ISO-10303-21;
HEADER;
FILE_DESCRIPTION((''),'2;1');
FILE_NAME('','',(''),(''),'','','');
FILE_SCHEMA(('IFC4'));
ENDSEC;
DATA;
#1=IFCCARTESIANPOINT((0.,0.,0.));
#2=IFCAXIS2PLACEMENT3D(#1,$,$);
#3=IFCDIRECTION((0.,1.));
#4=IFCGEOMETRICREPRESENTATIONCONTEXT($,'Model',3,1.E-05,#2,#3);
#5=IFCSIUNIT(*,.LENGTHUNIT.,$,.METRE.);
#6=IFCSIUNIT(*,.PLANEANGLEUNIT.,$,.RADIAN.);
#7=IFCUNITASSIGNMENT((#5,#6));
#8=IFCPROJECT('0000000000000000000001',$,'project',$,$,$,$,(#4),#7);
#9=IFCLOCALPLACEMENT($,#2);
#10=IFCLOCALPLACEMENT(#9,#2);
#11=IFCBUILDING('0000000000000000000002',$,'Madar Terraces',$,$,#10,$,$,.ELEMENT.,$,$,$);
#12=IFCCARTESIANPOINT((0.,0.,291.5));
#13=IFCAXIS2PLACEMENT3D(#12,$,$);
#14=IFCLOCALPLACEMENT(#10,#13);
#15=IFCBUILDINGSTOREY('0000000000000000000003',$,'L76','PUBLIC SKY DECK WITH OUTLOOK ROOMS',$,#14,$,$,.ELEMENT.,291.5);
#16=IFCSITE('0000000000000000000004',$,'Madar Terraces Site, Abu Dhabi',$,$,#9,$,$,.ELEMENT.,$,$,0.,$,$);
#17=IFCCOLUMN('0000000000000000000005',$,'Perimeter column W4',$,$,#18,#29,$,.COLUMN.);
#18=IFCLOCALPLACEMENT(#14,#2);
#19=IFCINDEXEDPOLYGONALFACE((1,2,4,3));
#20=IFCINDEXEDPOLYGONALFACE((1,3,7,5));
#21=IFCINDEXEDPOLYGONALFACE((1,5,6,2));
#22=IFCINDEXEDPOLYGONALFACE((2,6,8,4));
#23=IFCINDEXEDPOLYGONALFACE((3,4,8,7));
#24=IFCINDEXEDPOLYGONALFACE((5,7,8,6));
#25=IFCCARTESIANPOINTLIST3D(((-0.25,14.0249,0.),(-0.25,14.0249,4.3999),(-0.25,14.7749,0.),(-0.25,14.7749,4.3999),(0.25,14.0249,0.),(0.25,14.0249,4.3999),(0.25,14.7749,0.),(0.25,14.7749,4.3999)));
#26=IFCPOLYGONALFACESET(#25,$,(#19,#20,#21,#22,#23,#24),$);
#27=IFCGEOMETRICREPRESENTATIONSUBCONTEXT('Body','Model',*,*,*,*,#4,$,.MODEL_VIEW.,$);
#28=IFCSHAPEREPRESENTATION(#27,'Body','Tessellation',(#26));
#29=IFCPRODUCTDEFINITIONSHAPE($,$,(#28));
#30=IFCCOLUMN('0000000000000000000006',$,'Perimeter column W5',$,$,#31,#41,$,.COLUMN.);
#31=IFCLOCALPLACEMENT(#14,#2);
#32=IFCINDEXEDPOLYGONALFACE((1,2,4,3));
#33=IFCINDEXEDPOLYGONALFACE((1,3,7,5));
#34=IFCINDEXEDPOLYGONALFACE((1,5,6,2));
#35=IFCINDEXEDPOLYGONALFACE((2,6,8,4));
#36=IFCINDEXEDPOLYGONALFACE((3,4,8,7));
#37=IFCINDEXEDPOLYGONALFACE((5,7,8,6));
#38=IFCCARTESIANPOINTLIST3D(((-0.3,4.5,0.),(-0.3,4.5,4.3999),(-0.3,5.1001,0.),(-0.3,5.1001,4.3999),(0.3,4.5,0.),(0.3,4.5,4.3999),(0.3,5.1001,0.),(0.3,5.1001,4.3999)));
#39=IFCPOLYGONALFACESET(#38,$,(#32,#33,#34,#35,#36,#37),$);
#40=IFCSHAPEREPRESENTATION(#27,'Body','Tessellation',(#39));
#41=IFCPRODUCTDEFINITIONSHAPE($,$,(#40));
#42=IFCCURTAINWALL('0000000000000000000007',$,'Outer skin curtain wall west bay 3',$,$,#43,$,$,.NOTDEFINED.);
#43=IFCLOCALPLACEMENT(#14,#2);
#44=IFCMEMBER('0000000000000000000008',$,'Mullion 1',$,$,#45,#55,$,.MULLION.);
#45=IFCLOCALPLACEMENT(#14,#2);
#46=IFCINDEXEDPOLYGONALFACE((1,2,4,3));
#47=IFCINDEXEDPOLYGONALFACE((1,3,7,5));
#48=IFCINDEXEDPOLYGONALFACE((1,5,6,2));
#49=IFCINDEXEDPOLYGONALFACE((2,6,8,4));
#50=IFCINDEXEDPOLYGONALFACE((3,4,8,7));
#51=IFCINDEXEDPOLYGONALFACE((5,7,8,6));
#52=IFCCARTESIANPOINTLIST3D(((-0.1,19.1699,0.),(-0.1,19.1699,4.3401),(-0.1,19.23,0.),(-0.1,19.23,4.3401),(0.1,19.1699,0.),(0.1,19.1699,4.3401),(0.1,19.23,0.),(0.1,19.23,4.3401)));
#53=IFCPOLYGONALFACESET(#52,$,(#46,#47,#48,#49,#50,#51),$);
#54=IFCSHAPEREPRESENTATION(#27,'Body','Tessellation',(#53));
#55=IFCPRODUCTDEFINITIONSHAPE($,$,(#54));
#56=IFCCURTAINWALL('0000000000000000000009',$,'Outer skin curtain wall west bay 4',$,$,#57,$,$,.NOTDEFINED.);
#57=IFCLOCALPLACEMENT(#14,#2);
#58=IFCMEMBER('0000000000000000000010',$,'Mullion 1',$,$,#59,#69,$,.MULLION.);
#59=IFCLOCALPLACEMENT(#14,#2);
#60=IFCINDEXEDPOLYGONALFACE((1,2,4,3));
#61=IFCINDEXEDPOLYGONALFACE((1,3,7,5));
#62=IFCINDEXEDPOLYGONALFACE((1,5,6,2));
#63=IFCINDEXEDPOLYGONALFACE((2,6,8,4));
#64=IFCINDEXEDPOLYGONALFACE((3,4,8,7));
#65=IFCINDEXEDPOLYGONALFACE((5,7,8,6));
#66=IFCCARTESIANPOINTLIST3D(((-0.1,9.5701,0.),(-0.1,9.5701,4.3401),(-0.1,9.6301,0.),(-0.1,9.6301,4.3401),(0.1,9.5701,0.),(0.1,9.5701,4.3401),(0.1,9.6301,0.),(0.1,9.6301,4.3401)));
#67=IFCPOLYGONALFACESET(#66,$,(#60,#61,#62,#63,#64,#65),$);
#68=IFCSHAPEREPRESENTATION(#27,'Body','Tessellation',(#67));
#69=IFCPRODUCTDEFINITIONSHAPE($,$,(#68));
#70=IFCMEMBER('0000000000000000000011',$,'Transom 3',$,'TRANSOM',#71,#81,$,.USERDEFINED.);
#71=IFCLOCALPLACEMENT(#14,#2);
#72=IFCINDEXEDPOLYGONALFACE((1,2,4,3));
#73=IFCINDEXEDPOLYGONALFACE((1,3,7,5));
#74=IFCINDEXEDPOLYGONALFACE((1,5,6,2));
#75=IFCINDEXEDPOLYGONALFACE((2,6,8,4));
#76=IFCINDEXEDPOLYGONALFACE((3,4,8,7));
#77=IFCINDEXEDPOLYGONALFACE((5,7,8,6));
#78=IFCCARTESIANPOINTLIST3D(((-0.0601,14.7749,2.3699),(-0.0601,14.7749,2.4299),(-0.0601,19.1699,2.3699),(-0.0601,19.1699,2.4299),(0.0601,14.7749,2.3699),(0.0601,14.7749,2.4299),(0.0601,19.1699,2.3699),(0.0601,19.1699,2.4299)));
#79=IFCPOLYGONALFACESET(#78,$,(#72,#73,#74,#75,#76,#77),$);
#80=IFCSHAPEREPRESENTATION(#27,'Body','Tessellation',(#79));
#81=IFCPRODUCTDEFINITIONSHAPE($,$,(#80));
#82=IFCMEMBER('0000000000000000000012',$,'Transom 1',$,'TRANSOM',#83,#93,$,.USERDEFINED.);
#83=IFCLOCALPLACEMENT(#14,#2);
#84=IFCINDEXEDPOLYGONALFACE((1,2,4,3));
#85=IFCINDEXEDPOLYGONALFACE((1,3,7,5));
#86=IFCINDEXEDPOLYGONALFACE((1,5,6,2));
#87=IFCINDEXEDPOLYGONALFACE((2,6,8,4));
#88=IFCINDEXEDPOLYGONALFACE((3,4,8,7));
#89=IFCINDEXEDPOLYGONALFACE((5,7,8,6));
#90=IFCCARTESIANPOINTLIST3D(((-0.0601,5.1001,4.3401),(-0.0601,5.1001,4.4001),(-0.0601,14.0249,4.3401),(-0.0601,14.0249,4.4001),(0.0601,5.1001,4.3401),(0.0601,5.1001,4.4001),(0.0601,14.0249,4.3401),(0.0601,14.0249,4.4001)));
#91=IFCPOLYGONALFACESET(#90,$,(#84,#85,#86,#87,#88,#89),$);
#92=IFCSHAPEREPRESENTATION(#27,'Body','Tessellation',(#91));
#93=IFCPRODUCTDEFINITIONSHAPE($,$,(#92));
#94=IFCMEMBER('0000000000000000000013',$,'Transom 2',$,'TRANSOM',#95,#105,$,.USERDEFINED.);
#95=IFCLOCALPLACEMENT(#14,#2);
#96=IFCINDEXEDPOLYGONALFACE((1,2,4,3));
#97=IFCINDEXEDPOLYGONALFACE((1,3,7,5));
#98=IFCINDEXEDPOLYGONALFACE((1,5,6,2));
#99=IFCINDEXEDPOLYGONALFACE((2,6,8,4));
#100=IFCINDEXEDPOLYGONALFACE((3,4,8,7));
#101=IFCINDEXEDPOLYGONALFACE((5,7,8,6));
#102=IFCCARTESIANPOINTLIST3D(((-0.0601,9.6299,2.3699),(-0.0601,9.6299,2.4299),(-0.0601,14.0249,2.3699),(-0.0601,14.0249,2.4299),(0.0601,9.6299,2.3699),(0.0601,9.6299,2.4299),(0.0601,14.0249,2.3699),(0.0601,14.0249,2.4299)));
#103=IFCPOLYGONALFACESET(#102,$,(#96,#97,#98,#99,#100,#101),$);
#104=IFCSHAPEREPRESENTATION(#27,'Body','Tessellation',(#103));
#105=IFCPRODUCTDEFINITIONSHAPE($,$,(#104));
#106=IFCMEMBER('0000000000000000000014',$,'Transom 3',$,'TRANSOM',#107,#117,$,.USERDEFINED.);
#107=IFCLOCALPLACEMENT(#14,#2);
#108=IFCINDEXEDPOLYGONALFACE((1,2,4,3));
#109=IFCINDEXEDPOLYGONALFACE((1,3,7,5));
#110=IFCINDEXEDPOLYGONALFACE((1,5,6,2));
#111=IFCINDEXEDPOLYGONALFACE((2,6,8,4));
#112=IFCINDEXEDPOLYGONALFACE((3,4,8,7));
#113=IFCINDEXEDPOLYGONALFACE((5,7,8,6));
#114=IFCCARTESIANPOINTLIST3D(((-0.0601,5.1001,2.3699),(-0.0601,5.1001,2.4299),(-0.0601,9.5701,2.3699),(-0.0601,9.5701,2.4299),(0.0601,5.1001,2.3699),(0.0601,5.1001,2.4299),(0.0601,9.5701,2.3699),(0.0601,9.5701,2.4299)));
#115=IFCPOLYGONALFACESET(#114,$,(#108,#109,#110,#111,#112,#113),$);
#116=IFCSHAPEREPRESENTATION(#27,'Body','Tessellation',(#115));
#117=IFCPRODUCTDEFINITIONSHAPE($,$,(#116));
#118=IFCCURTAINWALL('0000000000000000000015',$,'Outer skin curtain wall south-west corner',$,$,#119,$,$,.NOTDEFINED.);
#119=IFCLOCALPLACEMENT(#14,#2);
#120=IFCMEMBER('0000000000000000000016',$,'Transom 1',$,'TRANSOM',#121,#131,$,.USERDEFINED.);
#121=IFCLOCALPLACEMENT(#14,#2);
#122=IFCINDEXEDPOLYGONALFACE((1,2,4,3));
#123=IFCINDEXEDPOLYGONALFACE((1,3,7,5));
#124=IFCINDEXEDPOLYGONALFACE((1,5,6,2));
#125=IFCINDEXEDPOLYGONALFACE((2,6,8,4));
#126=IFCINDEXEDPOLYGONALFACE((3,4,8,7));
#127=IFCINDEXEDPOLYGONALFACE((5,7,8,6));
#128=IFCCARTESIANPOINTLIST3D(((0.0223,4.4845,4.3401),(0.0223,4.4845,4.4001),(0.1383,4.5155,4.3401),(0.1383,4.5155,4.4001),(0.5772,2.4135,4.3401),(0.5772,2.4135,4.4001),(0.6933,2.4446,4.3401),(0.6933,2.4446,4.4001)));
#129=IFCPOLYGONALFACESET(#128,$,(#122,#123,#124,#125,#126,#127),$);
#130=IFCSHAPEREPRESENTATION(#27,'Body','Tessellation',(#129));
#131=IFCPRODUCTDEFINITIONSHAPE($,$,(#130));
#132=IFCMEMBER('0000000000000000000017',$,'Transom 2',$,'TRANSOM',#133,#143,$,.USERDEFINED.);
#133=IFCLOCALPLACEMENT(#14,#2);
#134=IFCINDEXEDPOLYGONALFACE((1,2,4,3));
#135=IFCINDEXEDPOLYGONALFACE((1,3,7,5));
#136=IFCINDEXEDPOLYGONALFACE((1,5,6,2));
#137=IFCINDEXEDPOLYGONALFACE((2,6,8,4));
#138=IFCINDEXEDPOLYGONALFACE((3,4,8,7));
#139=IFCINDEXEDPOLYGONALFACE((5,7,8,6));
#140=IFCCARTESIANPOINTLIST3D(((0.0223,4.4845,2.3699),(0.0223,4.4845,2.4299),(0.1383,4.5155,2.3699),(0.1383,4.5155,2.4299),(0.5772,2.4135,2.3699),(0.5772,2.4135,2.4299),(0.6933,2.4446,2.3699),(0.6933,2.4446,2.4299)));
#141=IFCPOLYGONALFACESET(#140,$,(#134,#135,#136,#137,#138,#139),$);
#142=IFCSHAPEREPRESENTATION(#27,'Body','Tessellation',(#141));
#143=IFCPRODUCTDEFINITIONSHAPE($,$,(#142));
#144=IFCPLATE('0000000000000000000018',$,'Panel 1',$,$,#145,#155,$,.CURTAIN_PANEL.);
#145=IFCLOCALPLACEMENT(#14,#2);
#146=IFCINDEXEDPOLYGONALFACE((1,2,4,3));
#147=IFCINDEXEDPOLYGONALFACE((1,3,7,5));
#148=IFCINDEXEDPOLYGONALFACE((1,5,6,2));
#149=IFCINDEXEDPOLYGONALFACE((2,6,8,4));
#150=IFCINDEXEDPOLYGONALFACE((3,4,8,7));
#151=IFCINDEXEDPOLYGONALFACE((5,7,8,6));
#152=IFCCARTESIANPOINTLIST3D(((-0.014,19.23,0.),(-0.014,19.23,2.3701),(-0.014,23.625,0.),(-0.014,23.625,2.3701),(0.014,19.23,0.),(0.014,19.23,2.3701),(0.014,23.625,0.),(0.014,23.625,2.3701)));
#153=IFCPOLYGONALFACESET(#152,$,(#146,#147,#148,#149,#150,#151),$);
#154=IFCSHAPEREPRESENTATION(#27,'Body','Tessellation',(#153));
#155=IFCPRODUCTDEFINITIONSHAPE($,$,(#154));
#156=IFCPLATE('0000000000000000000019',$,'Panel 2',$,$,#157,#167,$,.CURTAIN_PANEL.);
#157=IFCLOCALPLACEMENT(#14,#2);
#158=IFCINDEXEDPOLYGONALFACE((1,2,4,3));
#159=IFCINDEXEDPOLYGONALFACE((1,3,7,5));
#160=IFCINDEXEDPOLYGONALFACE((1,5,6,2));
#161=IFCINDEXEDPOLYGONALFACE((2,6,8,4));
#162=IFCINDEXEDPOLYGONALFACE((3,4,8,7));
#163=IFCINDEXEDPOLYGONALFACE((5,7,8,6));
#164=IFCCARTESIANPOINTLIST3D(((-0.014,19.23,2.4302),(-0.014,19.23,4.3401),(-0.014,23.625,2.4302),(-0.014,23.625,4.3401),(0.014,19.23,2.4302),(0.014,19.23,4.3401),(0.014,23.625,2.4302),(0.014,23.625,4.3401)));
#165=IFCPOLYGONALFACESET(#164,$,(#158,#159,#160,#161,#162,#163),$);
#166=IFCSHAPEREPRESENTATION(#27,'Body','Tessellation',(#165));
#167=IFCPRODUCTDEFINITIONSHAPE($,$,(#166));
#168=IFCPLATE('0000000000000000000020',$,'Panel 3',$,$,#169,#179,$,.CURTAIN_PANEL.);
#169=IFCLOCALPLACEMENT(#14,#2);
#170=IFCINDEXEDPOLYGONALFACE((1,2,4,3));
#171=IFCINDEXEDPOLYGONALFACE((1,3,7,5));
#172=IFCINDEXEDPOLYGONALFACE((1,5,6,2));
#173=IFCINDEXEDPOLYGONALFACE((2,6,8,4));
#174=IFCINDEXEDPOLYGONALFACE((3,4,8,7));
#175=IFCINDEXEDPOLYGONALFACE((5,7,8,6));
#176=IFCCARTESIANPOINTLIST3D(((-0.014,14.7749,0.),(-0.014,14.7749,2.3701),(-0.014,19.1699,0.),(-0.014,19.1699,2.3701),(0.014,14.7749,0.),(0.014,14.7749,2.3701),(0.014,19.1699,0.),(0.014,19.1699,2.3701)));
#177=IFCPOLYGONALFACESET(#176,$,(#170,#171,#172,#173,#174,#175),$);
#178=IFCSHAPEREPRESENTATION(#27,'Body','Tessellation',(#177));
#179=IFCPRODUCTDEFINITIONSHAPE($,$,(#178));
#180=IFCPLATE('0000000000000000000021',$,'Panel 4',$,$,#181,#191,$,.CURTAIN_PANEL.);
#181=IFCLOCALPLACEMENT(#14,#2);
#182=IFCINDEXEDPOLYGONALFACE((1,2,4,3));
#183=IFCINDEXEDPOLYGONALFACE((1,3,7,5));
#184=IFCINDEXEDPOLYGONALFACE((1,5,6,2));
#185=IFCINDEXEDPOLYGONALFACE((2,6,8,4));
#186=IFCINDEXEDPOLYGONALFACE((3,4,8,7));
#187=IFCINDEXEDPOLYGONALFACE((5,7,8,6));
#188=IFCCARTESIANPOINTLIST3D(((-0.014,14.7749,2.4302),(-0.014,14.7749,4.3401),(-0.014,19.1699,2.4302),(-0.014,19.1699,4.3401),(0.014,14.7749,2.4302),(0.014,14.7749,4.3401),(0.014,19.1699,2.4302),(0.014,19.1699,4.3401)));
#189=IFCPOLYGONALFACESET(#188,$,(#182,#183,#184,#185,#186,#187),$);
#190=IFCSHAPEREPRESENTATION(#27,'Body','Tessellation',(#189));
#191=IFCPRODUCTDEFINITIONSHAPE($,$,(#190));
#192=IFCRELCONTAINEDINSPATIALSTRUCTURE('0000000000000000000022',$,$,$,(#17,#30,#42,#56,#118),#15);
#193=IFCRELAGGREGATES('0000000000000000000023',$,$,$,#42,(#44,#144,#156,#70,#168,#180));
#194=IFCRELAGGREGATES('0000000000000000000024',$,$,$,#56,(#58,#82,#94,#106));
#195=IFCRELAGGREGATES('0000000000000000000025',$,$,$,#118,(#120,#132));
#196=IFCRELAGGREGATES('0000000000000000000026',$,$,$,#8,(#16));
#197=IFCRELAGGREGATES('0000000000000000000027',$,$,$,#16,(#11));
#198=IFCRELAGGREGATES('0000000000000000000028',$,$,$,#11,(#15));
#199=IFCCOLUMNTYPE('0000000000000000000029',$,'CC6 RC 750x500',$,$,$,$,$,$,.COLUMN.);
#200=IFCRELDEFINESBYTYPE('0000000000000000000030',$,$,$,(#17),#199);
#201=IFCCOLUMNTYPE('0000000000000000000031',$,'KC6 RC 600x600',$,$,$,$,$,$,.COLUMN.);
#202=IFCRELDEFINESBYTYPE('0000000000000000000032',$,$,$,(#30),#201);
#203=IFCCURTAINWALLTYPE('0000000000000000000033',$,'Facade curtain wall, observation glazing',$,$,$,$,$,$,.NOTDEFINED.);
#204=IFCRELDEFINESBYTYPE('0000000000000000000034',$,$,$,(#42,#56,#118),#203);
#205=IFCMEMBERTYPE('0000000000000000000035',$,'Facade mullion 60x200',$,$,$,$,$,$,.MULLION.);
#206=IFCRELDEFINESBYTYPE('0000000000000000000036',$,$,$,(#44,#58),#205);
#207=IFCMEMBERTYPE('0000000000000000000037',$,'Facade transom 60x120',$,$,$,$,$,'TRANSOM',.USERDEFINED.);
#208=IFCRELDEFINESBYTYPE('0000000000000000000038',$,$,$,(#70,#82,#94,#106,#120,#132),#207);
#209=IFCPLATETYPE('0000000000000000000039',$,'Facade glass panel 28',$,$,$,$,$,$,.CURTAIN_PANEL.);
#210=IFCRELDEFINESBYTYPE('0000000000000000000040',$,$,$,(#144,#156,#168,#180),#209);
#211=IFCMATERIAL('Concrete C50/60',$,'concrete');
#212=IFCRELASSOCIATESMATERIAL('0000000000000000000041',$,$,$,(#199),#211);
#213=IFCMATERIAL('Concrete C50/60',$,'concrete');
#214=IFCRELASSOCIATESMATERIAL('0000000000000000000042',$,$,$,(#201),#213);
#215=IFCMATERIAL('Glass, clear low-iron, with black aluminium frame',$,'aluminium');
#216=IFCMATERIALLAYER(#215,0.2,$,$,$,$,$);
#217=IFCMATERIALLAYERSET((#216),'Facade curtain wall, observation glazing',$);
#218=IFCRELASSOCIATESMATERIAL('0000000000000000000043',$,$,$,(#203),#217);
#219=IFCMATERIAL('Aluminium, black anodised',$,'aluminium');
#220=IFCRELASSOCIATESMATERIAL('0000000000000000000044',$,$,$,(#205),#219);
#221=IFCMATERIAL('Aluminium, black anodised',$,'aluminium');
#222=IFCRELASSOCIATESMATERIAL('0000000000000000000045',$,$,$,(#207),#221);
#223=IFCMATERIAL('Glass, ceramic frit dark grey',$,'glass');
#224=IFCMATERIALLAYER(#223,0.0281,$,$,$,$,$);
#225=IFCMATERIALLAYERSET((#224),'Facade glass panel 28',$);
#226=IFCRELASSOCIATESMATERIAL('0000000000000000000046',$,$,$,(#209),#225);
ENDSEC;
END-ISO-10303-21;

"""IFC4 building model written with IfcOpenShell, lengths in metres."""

from ifc_helpers import new_model, si_unit, direction, frame, origin, origin_2d, place, context, subcontext, project, spatial, rectangle, extrude, material, layer, layer_set, material_profile, profile_set, type_object, element, aggregate, save


model = new_model("IFC4")

# Units and contexts
model_context = context("Model", 3, precision=1e-05, world=origin(), true_north=direction((0.0, 1.0)))
body_context = subcontext(model_context, "Body", "Model", "MODEL_VIEW")
ifc_project = project(units=[si_unit("LENGTHUNIT", "METRE"), si_unit("PLANEANGLEUNIT", "RADIAN")], contexts=[model_context])

# Site, building, storey
site_placement = place(None, origin())
site = spatial("IfcSite", under=ifc_project, at=site_placement, Name="Madar Terraces Site, Abu Dhabi", CompositionType="ELEMENT", RefElevation=0.0)
building_placement = place(site_placement, origin())
building = spatial("IfcBuilding", under=site, at=building_placement, Name="Madar Terraces", CompositionType="ELEMENT")
storey_placement = place(building_placement, frame((0.0, 0.0, 291.5)))
storey = spatial("IfcBuildingStorey", under=building, at=storey_placement, Name="L76", Description="PUBLIC SKY DECK WITH OUTLOOK ROOMS", CompositionType="ELEMENT", Elevation=291.5)

# Columns
ifc_material_1 = material(Name="Concrete C50/60", Category="concrete")
ifc_material_profile_1 = material_profile(ifc_material_1, rectangle(XDim=0.75, YDim=0.5, at=origin_2d()), Name="CC6 RC 750x500")
ifc_profile_set_1 = profile_set([ifc_material_profile_1], Name="Concrete C50/60")
column_type_1 = type_object("IfcColumnType", Name="CC6 RC 750x500", PredefinedType="COLUMN", material=ifc_profile_set_1)
column_1_placement = place(storey_placement, frame((0.0, 14.3999, 0.0), z_axis=(0.0, 0.0, 1.0), x_axis=(0.0, 1.0, 0.0)))
element("IfcColumn", 1, at=column_1_placement, inside=storey, type_object=column_type_1, Name="Perimeter column W4", PredefinedType="COLUMN", context=body_context, shape_type="SweptSolid", body=[
    extrude(rectangle(XDim=0.75, YDim=0.5, at=origin_2d()), origin(), (0.0, 0.0, 1.0), 4.3999),
])
ifc_material_2 = material(Name="Concrete C50/60", Category="concrete")
ifc_material_profile_2 = material_profile(ifc_material_2, rectangle(XDim=0.6001, YDim=0.6001, at=origin_2d()), Name="KC6 RC 600x600")
ifc_profile_set_2 = profile_set([ifc_material_profile_2], Name="Concrete C50/60")
column_type_2 = type_object("IfcColumnType", Name="KC6 RC 600x600", PredefinedType="COLUMN", material=ifc_profile_set_2)
column_2_placement = place(storey_placement, frame((0.0, 4.8, 0.0), z_axis=(0.0, 0.0, 1.0), x_axis=(1.0, 0.0, 0.0)))
element("IfcColumn", 2, at=column_2_placement, inside=storey, type_object=column_type_2, Name="Perimeter column W5", PredefinedType="COLUMN", context=body_context, shape_type="SweptSolid", body=[
    extrude(rectangle(XDim=0.6001, YDim=0.6001, at=origin_2d()), origin(), (0.0, 0.0, 1.0), 4.3999),
])

# Curtain walls, members
ifc_material_3 = material(Name="Glass, clear low-iron, with black aluminium frame", Category="aluminium")
ifc_layer_1 = layer(ifc_material_3, 0.2)
ifc_layer_set_1 = layer_set([ifc_layer_1], Name="Facade curtain wall, observation glazing")
curtain_wall_type = type_object("IfcCurtainWallType", Name="Facade curtain wall, observation glazing", PredefinedType="NOTDEFINED", material=ifc_layer_set_1)
curtain_wall_1_placement = place(storey_placement, origin())
curtain_wall_1 = element("IfcCurtainWall", 3, at=curtain_wall_1_placement, inside=storey, type_object=curtain_wall_type, Name="Outer skin curtain wall west bay 3", PredefinedType="NOTDEFINED")
ifc_material_4 = material(Name="Aluminium, black anodised", Category="aluminium")
ifc_material_profile_3 = material_profile(ifc_material_4, rectangle(XDim=0.2, YDim=0.0601, at=origin_2d()), Name="Facade mullion 60x200")
ifc_profile_set_3 = profile_set([ifc_material_profile_3], Name="Aluminium, black anodised")
member_type_1 = type_object("IfcMemberType", Name="Facade mullion 60x200", PredefinedType="MULLION", material=ifc_profile_set_3)
member_1_placement = place(storey_placement, frame((0.0, 19.2, 0.0), z_axis=(0.0, 0.0, 1.0), x_axis=(1.0, 0.0, 0.0)))
member_1 = element("IfcMember", 4, at=member_1_placement, type_object=member_type_1, Name="Mullion 1", PredefinedType="MULLION", context=body_context, shape_type="SweptSolid", body=[
    extrude(rectangle(XDim=0.2, YDim=0.0601, at=origin_2d()), origin(), (0.0, 0.0, 1.0), 4.3401),
])
curtain_wall_2_placement = place(storey_placement, origin())
curtain_wall_2 = element("IfcCurtainWall", 5, at=curtain_wall_2_placement, inside=storey, type_object=curtain_wall_type, Name="Outer skin curtain wall west bay 4", PredefinedType="NOTDEFINED")
member_2_placement = place(storey_placement, frame((0.0, 9.6001, 0.0), z_axis=(0.0, 0.0, 1.0), x_axis=(1.0, 0.0, 0.0)))
member_2 = element("IfcMember", 6, at=member_2_placement, type_object=member_type_1, Name="Mullion 1", PredefinedType="MULLION", context=body_context, shape_type="SweptSolid", body=[
    extrude(rectangle(XDim=0.2, YDim=0.0601, at=origin_2d()), origin(), (0.0, 0.0, 1.0), 4.3401),
])

# Members
ifc_material_5 = material(Name="Aluminium, black anodised", Category="aluminium")
ifc_material_profile_4 = material_profile(ifc_material_5, rectangle(XDim=0.1201, YDim=0.0601, at=origin_2d()), Name="Facade transom 60x120")
ifc_profile_set_4 = profile_set([ifc_material_profile_4], Name="Aluminium, black anodised")
member_type_2 = type_object("IfcMemberType", Name="Facade transom 60x120", ElementType="TRANSOM", PredefinedType="USERDEFINED", material=ifc_profile_set_4)
member_3_placement = place(storey_placement, frame((0.0, 19.1699, 2.3999), z_axis=(0.0, -1.0, 0.0), x_axis=(1.0, 0.0, 0.0)))
member_3 = element("IfcMember", 7, at=member_3_placement, type_object=member_type_2, Name="Transom 3", ObjectType="TRANSOM", PredefinedType="USERDEFINED", context=body_context, shape_type="SweptSolid", body=[
    extrude(rectangle(XDim=0.1201, YDim=0.0601, at=origin_2d()), origin(), (0.0, 0.0, 1.0), 4.395),
])
member_4_placement = place(storey_placement, frame((0.0, 14.0249, 4.3701), z_axis=(0.0, -1.0, 0.0), x_axis=(1.0, 0.0, 0.0)))
member_4 = element("IfcMember", 8, at=member_4_placement, type_object=member_type_2, Name="Transom 1", ObjectType="TRANSOM", PredefinedType="USERDEFINED", context=body_context, shape_type="SweptSolid", body=[
    extrude(rectangle(XDim=0.1201, YDim=0.0601, at=origin_2d()), origin(), (0.0, 0.0, 1.0), 8.9248),
])
member_5_placement = place(storey_placement, frame((0.0, 14.0249, 2.3999), z_axis=(0.0, -1.0, 0.0), x_axis=(1.0, 0.0, 0.0)))
member_5 = element("IfcMember", 9, at=member_5_placement, type_object=member_type_2, Name="Transom 2", ObjectType="TRANSOM", PredefinedType="USERDEFINED", context=body_context, shape_type="SweptSolid", body=[
    extrude(rectangle(XDim=0.1201, YDim=0.0601, at=origin_2d()), origin(), (0.0, 0.0, 1.0), 4.395),
])
member_6_placement = place(storey_placement, frame((0.0, 9.5701, 2.3999), z_axis=(0.0, -1.0, 0.0), x_axis=(1.0, 0.0, 0.0)))
member_6 = element("IfcMember", 10, at=member_6_placement, type_object=member_type_2, Name="Transom 3", ObjectType="TRANSOM", PredefinedType="USERDEFINED", context=body_context, shape_type="SweptSolid", body=[
    extrude(rectangle(XDim=0.1201, YDim=0.0601, at=origin_2d()), origin(), (0.0, 0.0, 1.0), 4.47),
])

# Curtain wall, members
curtain_wall_3_placement = place(storey_placement, origin())
curtain_wall_3 = element("IfcCurtainWall", 11, at=curtain_wall_3_placement, inside=storey, type_object=curtain_wall_type, Name="Outer skin curtain wall south-west corner", PredefinedType="NOTDEFINED")
member_7_placement = place(storey_placement, frame((0.0803, 4.5, 4.3701), z_axis=(0.258818, -0.965926, 0.0), x_axis=(0.965926, 0.258818, 0.0)))
member_7 = element("IfcMember", 12, at=member_7_placement, type_object=member_type_2, Name="Transom 1", ObjectType="TRANSOM", PredefinedType="USERDEFINED", context=body_context, shape_type="SweptSolid", body=[
    extrude(rectangle(XDim=0.1201, YDim=0.0601, at=origin_2d()), origin(), (0.0, 0.0, 1.0), 2.144),
])
member_8_placement = place(storey_placement, frame((0.0803, 4.5, 2.3999), z_axis=(0.258818, -0.965926, 0.0), x_axis=(0.965926, 0.258818, 0.0)))
member_8 = element("IfcMember", 13, at=member_8_placement, type_object=member_type_2, Name="Transom 2", ObjectType="TRANSOM", PredefinedType="USERDEFINED", context=body_context, shape_type="SweptSolid", body=[
    extrude(rectangle(XDim=0.1201, YDim=0.0601, at=origin_2d()), origin(), (0.0, 0.0, 1.0), 2.144),
])

# Plates
ifc_material_6 = material(Name="Glass, ceramic frit dark grey", Category="glass")
ifc_layer_2 = layer(ifc_material_6, 0.0281)
ifc_layer_set_2 = layer_set([ifc_layer_2], Name="Facade glass panel 28")
plate_type = type_object("IfcPlateType", Name="Facade glass panel 28", PredefinedType="CURTAIN_PANEL", material=ifc_layer_set_2)
plate_1_placement = place(storey_placement, frame((0.0, 21.4275, 0.0), z_axis=(0.0, 0.0, 1.0), x_axis=(0.0, -1.0, 0.0)))
plate_1 = element("IfcPlate", 14, at=plate_1_placement, type_object=plate_type, Name="Panel 1", PredefinedType="CURTAIN_PANEL", context=body_context, shape_type="SweptSolid", body=[
    extrude(rectangle(XDim=4.395, YDim=0.0281, at=origin_2d()), origin(), (0.0, 0.0, 1.0), 2.3701),
])
plate_2_placement = place(storey_placement, frame((0.0, 21.4275, 2.4302), z_axis=(0.0, 0.0, 1.0), x_axis=(0.0, -1.0, 0.0)))
plate_2 = element("IfcPlate", 15, at=plate_2_placement, type_object=plate_type, Name="Panel 2", PredefinedType="CURTAIN_PANEL", context=body_context, shape_type="SweptSolid", body=[
    extrude(rectangle(XDim=4.395, YDim=0.0281, at=origin_2d()), origin(), (0.0, 0.0, 1.0), 1.9099),
])
plate_3_placement = place(storey_placement, frame((0.0, 16.9724, 0.0), z_axis=(0.0, 0.0, 1.0), x_axis=(0.0, -1.0, 0.0)))
plate_3 = element("IfcPlate", 16, at=plate_3_placement, type_object=plate_type, Name="Panel 3", PredefinedType="CURTAIN_PANEL", context=body_context, shape_type="SweptSolid", body=[
    extrude(rectangle(XDim=4.395, YDim=0.0281, at=origin_2d()), origin(), (0.0, 0.0, 1.0), 2.3701),
])
plate_4_placement = place(storey_placement, frame((0.0, 16.9724, 2.4302), z_axis=(0.0, 0.0, 1.0), x_axis=(0.0, -1.0, 0.0)))
plate_4 = element("IfcPlate", 17, at=plate_4_placement, type_object=plate_type, Name="Panel 4", PredefinedType="CURTAIN_PANEL", context=body_context, shape_type="SweptSolid", body=[
    extrude(rectangle(XDim=4.395, YDim=0.0281, at=origin_2d()), origin(), (0.0, 0.0, 1.0), 1.9099),
])
aggregate(curtain_wall_1, [member_1, plate_1, plate_2, member_3, plate_3, plate_4])
aggregate(curtain_wall_2, [member_2, member_4, member_5, member_6])
aggregate(curtain_wall_3, [member_7, member_8])

save(model, "model.ifc")
